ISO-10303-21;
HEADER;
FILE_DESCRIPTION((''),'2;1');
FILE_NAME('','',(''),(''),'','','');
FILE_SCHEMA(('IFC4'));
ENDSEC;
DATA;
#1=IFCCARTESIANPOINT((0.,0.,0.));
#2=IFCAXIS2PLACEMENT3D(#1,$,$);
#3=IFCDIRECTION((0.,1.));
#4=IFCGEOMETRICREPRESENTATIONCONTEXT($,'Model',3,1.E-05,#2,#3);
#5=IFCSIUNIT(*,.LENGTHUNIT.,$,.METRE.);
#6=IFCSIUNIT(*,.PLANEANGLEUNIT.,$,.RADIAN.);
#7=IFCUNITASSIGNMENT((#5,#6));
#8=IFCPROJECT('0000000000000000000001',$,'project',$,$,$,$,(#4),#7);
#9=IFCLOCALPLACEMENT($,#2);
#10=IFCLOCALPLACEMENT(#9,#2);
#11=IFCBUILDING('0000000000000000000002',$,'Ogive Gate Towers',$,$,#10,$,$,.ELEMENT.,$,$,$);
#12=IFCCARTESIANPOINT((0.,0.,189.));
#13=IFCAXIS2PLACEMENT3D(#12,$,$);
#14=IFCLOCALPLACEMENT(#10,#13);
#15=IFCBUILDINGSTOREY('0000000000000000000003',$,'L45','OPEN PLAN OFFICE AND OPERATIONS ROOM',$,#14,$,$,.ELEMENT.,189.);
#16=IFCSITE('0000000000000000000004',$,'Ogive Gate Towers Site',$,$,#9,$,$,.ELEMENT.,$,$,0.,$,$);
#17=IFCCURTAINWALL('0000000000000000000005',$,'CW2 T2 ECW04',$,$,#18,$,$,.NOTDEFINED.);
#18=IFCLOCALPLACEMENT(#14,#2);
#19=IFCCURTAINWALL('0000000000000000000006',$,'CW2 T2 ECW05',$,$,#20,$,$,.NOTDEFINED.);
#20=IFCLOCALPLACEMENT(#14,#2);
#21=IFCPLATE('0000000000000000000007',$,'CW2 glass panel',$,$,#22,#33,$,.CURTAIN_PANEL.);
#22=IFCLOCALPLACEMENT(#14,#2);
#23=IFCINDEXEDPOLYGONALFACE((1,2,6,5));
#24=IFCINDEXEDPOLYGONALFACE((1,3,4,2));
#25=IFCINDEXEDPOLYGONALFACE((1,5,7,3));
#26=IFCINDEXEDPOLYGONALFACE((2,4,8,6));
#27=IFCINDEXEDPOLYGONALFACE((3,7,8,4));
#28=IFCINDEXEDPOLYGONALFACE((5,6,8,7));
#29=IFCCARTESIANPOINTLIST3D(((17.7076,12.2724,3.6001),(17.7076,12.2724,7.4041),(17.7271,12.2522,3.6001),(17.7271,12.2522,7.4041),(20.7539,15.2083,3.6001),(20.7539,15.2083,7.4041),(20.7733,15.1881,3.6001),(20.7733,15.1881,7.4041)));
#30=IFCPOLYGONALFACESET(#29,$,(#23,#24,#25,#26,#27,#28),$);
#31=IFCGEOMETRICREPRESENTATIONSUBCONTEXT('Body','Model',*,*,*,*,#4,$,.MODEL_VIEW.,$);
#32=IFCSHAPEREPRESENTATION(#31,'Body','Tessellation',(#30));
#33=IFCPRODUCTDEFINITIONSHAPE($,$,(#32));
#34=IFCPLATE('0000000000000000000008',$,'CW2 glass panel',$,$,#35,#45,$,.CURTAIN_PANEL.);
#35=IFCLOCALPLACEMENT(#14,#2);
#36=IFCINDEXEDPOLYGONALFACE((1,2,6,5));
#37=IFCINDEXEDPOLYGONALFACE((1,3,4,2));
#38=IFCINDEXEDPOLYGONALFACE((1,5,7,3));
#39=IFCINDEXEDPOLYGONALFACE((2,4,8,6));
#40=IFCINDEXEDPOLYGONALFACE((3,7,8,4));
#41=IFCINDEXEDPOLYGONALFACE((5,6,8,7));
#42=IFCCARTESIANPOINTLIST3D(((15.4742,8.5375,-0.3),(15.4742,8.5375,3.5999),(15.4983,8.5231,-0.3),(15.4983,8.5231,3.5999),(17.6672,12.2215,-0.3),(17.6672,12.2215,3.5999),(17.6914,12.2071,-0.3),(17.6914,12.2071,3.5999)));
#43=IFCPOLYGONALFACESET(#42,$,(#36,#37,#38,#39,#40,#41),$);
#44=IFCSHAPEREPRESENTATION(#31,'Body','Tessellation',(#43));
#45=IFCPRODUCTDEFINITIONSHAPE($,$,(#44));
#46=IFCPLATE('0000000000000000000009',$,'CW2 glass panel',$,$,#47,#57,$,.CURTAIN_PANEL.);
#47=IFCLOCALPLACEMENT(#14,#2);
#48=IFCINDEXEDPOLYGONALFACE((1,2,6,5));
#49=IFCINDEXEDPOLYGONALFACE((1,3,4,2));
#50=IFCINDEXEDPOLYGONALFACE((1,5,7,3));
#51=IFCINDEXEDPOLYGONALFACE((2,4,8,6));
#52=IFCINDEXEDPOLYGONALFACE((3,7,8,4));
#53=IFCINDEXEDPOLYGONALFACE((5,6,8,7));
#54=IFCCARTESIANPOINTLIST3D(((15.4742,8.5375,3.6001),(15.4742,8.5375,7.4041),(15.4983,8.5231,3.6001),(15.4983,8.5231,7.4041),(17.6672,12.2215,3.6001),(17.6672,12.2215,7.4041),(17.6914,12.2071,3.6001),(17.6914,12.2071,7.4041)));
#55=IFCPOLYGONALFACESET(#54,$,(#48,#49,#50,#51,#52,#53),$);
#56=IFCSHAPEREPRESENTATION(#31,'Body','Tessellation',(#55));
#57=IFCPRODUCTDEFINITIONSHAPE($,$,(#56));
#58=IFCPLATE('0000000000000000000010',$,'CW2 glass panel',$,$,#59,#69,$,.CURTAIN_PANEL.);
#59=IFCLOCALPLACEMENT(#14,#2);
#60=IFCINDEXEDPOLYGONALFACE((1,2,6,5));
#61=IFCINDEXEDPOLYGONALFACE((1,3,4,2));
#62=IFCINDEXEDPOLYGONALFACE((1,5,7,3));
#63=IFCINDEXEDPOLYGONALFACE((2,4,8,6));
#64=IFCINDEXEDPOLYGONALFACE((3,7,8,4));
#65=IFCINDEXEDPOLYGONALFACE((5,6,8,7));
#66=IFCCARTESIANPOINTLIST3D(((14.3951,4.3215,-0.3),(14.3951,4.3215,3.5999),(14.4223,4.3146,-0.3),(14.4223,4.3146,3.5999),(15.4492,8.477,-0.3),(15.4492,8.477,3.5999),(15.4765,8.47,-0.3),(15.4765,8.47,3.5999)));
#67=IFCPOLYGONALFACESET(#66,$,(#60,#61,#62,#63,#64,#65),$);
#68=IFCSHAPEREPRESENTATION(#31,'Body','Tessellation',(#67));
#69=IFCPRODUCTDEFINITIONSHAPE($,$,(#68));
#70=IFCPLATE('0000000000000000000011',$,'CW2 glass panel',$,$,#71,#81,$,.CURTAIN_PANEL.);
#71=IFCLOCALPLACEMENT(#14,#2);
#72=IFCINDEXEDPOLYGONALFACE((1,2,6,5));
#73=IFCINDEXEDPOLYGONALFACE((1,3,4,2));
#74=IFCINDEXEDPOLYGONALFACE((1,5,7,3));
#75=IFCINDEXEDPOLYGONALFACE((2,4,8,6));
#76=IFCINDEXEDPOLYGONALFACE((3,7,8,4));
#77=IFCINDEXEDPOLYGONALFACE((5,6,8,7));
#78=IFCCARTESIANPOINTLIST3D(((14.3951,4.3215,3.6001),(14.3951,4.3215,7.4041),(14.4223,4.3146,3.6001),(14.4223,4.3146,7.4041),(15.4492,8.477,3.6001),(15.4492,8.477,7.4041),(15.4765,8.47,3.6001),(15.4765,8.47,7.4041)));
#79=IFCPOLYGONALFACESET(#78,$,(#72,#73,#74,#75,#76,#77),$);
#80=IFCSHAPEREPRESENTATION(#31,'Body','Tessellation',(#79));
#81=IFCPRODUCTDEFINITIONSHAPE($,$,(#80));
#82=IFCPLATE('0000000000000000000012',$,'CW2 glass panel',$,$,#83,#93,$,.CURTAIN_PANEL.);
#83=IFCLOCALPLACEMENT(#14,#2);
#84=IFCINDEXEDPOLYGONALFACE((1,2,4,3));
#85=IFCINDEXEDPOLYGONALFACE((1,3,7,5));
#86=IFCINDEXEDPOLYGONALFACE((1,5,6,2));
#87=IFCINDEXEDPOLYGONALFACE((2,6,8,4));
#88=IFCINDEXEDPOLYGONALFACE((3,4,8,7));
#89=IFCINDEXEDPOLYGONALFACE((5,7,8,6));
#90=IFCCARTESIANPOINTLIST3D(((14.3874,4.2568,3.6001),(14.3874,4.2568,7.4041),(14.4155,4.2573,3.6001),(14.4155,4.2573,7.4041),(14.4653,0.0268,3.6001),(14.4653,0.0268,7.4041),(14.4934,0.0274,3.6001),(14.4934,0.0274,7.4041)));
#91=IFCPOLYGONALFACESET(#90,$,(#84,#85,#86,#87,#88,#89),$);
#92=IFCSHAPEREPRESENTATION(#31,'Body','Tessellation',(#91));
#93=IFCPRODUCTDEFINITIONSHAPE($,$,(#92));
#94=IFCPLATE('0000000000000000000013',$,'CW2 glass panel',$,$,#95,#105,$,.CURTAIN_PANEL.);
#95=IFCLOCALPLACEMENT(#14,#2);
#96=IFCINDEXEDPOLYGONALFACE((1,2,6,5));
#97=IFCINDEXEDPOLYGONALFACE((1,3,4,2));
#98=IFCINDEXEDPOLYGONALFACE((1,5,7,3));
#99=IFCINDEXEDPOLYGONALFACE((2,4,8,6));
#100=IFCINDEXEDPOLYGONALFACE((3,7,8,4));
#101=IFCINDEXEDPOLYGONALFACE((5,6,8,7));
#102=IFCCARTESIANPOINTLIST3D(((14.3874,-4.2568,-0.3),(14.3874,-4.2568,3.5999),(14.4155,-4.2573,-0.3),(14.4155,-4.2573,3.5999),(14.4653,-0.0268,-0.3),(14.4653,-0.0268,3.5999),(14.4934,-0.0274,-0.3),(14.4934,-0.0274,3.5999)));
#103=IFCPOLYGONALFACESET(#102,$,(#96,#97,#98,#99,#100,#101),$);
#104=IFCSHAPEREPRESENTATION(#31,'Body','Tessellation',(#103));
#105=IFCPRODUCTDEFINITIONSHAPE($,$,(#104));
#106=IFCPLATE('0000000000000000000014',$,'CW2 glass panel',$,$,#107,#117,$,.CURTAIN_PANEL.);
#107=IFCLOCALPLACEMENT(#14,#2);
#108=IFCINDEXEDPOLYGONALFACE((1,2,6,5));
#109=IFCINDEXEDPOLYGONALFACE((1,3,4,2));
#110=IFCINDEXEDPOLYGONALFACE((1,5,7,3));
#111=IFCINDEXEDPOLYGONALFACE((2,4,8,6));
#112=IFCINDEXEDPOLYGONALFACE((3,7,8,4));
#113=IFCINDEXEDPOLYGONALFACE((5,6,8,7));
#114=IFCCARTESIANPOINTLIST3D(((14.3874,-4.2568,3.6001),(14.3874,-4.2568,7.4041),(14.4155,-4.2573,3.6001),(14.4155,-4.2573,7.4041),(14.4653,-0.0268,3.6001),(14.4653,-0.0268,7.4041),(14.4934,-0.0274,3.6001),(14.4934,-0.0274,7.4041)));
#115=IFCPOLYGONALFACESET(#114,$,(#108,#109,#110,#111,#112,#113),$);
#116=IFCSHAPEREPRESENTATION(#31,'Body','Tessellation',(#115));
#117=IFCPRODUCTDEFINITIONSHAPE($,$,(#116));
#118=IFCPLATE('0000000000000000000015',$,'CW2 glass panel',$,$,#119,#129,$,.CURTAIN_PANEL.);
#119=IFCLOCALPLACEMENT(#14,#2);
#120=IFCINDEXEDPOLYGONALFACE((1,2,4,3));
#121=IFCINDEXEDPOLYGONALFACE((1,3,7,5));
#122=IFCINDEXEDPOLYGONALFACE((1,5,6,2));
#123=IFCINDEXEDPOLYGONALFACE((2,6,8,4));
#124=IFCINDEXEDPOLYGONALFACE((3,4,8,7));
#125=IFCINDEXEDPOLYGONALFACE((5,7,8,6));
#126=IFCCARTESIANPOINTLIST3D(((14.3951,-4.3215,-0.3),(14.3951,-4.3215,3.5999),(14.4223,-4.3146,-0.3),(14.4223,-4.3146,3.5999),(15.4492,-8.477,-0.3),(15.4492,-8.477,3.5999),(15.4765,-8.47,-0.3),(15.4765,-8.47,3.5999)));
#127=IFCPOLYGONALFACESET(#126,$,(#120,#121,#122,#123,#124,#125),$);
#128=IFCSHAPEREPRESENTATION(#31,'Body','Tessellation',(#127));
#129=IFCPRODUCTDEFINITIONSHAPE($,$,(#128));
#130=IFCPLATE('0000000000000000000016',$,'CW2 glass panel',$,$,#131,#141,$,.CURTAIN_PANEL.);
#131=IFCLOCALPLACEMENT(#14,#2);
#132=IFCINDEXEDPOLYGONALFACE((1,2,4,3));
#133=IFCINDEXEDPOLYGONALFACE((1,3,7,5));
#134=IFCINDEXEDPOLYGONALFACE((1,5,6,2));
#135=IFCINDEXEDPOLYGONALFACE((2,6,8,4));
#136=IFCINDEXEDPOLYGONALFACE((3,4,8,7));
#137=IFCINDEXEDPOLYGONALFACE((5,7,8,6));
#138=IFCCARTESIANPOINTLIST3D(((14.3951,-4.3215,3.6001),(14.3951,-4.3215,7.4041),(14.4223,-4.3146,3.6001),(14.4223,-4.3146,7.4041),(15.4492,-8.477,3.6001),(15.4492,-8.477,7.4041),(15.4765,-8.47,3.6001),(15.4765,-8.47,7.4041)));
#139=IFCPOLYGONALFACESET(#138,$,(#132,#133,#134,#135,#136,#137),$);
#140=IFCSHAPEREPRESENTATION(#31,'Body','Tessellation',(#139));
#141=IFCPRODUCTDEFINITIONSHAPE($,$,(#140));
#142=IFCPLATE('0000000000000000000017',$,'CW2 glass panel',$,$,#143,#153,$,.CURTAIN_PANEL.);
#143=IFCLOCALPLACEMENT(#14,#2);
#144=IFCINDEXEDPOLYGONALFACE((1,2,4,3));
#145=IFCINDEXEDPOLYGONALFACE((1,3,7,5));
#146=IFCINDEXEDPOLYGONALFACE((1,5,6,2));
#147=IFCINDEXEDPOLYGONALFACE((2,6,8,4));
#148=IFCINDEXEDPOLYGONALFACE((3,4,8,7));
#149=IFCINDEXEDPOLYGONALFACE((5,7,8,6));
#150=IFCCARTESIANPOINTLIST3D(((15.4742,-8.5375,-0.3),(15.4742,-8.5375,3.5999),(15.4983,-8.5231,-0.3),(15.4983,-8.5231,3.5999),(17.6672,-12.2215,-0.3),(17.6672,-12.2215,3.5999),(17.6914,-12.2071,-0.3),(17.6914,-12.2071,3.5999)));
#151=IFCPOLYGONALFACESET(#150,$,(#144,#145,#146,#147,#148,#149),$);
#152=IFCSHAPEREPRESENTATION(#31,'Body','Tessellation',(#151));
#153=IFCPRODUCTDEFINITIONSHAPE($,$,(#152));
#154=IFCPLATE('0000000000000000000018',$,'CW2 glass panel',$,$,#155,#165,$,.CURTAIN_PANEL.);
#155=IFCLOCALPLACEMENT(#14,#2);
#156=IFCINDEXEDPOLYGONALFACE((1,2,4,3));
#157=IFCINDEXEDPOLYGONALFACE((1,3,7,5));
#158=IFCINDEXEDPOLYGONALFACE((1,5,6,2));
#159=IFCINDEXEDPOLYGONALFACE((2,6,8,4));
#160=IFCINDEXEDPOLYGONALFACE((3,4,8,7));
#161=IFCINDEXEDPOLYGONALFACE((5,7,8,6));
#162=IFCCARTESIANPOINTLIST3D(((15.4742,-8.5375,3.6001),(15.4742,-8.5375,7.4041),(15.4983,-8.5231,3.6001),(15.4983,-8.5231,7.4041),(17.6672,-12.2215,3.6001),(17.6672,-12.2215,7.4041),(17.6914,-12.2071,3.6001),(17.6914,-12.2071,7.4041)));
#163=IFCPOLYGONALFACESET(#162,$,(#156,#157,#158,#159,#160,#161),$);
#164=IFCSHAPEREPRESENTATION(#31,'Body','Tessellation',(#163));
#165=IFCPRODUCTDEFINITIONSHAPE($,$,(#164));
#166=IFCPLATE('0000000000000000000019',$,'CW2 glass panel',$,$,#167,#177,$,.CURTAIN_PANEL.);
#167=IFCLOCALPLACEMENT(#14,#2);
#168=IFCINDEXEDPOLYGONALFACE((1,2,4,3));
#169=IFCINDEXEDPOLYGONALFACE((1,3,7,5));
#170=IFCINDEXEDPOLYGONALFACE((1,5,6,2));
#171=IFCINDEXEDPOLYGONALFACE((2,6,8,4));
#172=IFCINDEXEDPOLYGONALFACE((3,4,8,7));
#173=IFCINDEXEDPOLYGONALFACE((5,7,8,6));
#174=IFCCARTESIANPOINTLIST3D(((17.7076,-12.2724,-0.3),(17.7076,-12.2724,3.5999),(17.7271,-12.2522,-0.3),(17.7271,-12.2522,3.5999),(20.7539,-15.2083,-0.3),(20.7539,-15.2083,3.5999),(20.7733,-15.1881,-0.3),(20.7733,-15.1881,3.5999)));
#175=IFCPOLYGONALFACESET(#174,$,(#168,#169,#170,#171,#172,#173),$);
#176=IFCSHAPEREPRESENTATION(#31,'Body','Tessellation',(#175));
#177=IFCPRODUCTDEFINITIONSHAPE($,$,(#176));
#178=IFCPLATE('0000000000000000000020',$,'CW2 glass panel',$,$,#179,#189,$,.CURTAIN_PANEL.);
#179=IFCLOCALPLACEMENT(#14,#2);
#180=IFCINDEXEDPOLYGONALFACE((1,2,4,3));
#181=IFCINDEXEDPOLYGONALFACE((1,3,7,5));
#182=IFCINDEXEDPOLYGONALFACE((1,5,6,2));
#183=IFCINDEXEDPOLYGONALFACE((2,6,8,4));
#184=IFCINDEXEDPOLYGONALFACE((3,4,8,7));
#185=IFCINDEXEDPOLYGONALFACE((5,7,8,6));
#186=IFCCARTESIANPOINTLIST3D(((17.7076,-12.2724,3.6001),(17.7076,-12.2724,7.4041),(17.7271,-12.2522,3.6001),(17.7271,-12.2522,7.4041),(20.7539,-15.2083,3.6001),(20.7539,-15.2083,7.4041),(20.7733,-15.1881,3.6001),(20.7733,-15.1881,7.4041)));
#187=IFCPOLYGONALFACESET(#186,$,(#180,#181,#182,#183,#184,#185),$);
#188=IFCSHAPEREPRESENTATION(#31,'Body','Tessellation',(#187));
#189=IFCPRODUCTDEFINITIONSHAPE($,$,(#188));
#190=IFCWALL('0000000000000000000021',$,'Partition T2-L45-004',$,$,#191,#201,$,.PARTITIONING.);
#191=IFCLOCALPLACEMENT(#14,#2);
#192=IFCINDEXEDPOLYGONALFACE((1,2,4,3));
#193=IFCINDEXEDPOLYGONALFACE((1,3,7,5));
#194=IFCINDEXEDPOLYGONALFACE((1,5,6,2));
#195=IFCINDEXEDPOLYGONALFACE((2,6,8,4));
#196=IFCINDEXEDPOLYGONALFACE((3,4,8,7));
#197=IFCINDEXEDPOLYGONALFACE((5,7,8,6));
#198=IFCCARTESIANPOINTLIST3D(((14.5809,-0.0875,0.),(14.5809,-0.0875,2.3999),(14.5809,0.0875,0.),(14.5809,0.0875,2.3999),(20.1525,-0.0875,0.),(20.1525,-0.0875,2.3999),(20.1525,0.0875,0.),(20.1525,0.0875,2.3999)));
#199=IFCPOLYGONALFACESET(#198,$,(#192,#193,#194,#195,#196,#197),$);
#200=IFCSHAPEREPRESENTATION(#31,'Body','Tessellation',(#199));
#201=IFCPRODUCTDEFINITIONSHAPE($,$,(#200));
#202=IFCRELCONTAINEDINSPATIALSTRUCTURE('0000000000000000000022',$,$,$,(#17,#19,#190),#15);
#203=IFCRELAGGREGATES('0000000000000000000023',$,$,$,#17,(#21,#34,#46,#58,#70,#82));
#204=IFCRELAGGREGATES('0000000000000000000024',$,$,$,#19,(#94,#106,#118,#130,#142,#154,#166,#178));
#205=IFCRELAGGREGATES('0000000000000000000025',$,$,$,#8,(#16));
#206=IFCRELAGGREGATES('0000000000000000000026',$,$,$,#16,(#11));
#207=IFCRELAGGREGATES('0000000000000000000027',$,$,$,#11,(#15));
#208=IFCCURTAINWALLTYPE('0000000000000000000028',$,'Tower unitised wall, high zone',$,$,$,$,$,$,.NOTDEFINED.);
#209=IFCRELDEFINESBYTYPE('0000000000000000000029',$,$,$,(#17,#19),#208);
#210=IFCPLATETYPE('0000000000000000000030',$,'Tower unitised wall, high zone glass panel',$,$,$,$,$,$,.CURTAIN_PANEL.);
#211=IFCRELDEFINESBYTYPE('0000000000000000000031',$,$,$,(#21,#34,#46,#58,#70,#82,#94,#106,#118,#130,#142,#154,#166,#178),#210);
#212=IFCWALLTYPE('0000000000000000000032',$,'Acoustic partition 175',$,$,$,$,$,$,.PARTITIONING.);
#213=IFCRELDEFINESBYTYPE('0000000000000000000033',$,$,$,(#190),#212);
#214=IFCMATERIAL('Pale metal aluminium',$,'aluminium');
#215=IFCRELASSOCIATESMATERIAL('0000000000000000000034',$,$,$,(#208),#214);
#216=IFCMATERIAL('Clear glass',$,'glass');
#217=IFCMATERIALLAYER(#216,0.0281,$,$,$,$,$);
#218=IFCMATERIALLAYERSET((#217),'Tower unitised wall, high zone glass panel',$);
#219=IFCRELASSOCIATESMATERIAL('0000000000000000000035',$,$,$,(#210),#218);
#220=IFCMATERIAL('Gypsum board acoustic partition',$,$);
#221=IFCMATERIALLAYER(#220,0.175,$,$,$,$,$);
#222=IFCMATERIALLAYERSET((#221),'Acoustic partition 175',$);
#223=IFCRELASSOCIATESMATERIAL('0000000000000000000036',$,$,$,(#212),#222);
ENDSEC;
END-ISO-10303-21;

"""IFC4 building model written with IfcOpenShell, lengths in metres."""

from ifc_helpers import new_model, si_unit, direction, frame, frame_2d, origin, origin_2d, place, context, subcontext, project, spatial, rectangle, extrude, material, layer, layer_set, type_object, element, aggregate, save


model = new_model("IFC4")

# Units and contexts
model_context = context("Model", 3, precision=1e-05, world=origin(), true_north=direction((0.0, 1.0)))
body_context = subcontext(model_context, "Body", "Model", "MODEL_VIEW")
ifc_project = project(units=[si_unit("LENGTHUNIT", "METRE"), si_unit("PLANEANGLEUNIT", "RADIAN")], contexts=[model_context])

# Site, building, storey
site_placement = place(None, origin())
site = spatial("IfcSite", under=ifc_project, at=site_placement, Name="Ogive Gate Towers Site", CompositionType="ELEMENT", RefElevation=0.0)
building_placement = place(site_placement, origin())
building = spatial("IfcBuilding", under=site, at=building_placement, Name="Ogive Gate Towers", CompositionType="ELEMENT")
storey_placement = place(building_placement, frame((0.0, 0.0, 189.0)))
storey = spatial("IfcBuildingStorey", under=building, at=storey_placement, Name="L45", Description="OPEN PLAN OFFICE AND OPERATIONS ROOM", CompositionType="ELEMENT", Elevation=189.0)

# Curtain walls
ifc_material_1 = material(Name="Pale metal aluminium", Category="aluminium")
curtain_wall_type = type_object("IfcCurtainWallType", Name="Tower unitised wall, high zone", PredefinedType="NOTDEFINED", material=ifc_material_1)
curtain_wall_1_placement = place(storey_placement, origin())
curtain_wall_1 = element("IfcCurtainWall", 1, at=curtain_wall_1_placement, inside=storey, type_object=curtain_wall_type, Name="CW2 T2 ECW04", PredefinedType="NOTDEFINED")
curtain_wall_2_placement = place(storey_placement, origin())
curtain_wall_2 = element("IfcCurtainWall", 2, at=curtain_wall_2_placement, inside=storey, type_object=curtain_wall_type, Name="CW2 T2 ECW05", PredefinedType="NOTDEFINED")

# Plates
ifc_material_2 = material(Name="Clear glass", Category="glass")
ifc_layer_1 = layer(ifc_material_2, 0.0281)
ifc_layer_set_1 = layer_set([ifc_layer_1], Name="Tower unitised wall, high zone glass panel")
plate_type = type_object("IfcPlateType", Name="Tower unitised wall, high zone glass panel", PredefinedType="CURTAIN_PANEL", material=ifc_layer_set_1)
plate_1_placement = place(storey_placement, frame((19.2405, 13.7302, 3.6001), z_axis=(0.0, 0.0, 1.0), x_axis=(-0.720031, -0.693942, 0.0)))
plate_1 = element("IfcPlate", 3, at=plate_1_placement, type_object=plate_type, Name="CW2 glass panel", PredefinedType="CURTAIN_PANEL", context=body_context, shape_type="SweptSolid", body=[
    extrude(rectangle(XDim=4.2307, YDim=0.0281, at=origin_2d()), origin(), (0.0, 0.0, 1.0), 3.804),
])
plate_2_placement = place(storey_placement, frame((16.5828, 10.3723, -0.3), z_axis=(0.0, 0.0, 1.0), x_axis=(-0.511518, -0.859273, 0.0)))
plate_2 = element("IfcPlate", 4, at=plate_2_placement, type_object=plate_type, Name="CW2 glass panel", PredefinedType="CURTAIN_PANEL", context=body_context, shape_type="SweptSolid", body=[
    extrude(rectangle(XDim=4.2874, YDim=0.0281, at=origin_2d()), origin(), (0.0, 0.0, 1.0), 3.8999),
])
plate_3_placement = place(storey_placement, frame((16.5828, 10.3723, 3.6001), z_axis=(0.0, 0.0, 1.0), x_axis=(-0.511518, -0.859273, 0.0)))
plate_3 = element("IfcPlate", 5, at=plate_3_placement, type_object=plate_type, Name="CW2 glass panel", PredefinedType="CURTAIN_PANEL", context=body_context, shape_type="SweptSolid", body=[
    extrude(rectangle(XDim=4.2874, YDim=0.0281, at=origin_2d()), origin(), (0.0, 0.0, 1.0), 3.804),
])
plate_4_placement = place(storey_placement, frame((14.9358, 6.3958, -0.3), z_axis=(0.0, 0.0, 1.0), x_axis=(-0.245883, -0.9693, 0.0)))
plate_4 = element("IfcPlate", 6, at=plate_4_placement, type_object=plate_type, Name="CW2 glass panel", PredefinedType="CURTAIN_PANEL", context=body_context, shape_type="SweptSolid", body=[
    extrude(rectangle(XDim=4.2871, YDim=0.0281, at=origin_2d()), origin(), (0.0, 0.0, 1.0), 3.8999),
])
plate_5_placement = place(storey_placement, frame((14.9358, 6.3958, 3.6001), z_axis=(0.0, 0.0, 1.0), x_axis=(-0.245883, -0.9693, 0.0)))
plate_5 = element("IfcPlate", 7, at=plate_5_placement, type_object=plate_type, Name="CW2 glass panel", PredefinedType="CURTAIN_PANEL", context=body_context, shape_type="SweptSolid", body=[
    extrude(rectangle(XDim=4.2871, YDim=0.0281, at=origin_2d()), origin(), (0.0, 0.0, 1.0), 3.804),
])
plate_6_placement = place(storey_placement, frame((14.4404, 2.1421, 3.6001), z_axis=(0.0, 0.0, 1.0), x_axis=(0.018412, -0.99983, 0.0)))
plate_6 = element("IfcPlate", 8, at=plate_6_placement, type_object=plate_type, Name="CW2 glass panel", PredefinedType="CURTAIN_PANEL", context=body_context, shape_type="SweptSolid", body=[
    extrude(rectangle(XDim=4.2307, YDim=0.0281, at=origin_2d()), origin(), (0.0, 0.0, 1.0), 3.804),
])
aggregate(curtain_wall_1, [plate_1, plate_2, plate_3, plate_4, plate_5, plate_6])
plate_7_placement = place(storey_placement, frame((14.4404, -2.1421, -0.3), z_axis=(0.0, 0.0, 1.0), x_axis=(-0.018412, -0.99983, 0.0)))
plate_7 = element("IfcPlate", 9, at=plate_7_placement, type_object=plate_type, Name="CW2 glass panel", PredefinedType="CURTAIN_PANEL", context=body_context, shape_type="SweptSolid", body=[
    extrude(rectangle(XDim=4.2307, YDim=0.0281, at=origin_2d()), origin(), (0.0, 0.0, 1.0), 3.8999),
])
plate_8_placement = place(storey_placement, frame((14.4404, -2.1421, 3.6001), z_axis=(0.0, 0.0, 1.0), x_axis=(-0.018412, -0.99983, 0.0)))
plate_8 = element("IfcPlate", 10, at=plate_8_placement, type_object=plate_type, Name="CW2 glass panel", PredefinedType="CURTAIN_PANEL", context=body_context, shape_type="SweptSolid", body=[
    extrude(rectangle(XDim=4.2307, YDim=0.0281, at=origin_2d()), origin(), (0.0, 0.0, 1.0), 3.804),
])
plate_9_placement = place(storey_placement, frame((14.9358, -6.3958, -0.3), z_axis=(0.0, 0.0, 1.0), x_axis=(0.245883, -0.9693, 0.0)))
plate_9 = element("IfcPlate", 11, at=plate_9_placement, type_object=plate_type, Name="CW2 glass panel", PredefinedType="CURTAIN_PANEL", context=body_context, shape_type="SweptSolid", body=[
    extrude(rectangle(XDim=4.2871, YDim=0.0281, at=origin_2d()), origin(), (0.0, 0.0, 1.0), 3.8999),
])
plate_10_placement = place(storey_placement, frame((14.9358, -6.3958, 3.6001), z_axis=(0.0, 0.0, 1.0), x_axis=(0.245883, -0.9693, 0.0)))
plate_10 = element("IfcPlate", 12, at=plate_10_placement, type_object=plate_type, Name="CW2 glass panel", PredefinedType="CURTAIN_PANEL", context=body_context, shape_type="SweptSolid", body=[
    extrude(rectangle(XDim=4.2871, YDim=0.0281, at=origin_2d()), origin(), (0.0, 0.0, 1.0), 3.804),
])
plate_11_placement = place(storey_placement, frame((16.5828, -10.3723, -0.3), z_axis=(0.0, 0.0, 1.0), x_axis=(0.511518, -0.859273, 0.0)))
plate_11 = element("IfcPlate", 13, at=plate_11_placement, type_object=plate_type, Name="CW2 glass panel", PredefinedType="CURTAIN_PANEL", context=body_context, shape_type="SweptSolid", body=[
    extrude(rectangle(XDim=4.2874, YDim=0.0281, at=origin_2d()), origin(), (0.0, 0.0, 1.0), 3.8999),
])
plate_12_placement = place(storey_placement, frame((16.5828, -10.3723, 3.6001), z_axis=(0.0, 0.0, 1.0), x_axis=(0.511518, -0.859273, 0.0)))
plate_12 = element("IfcPlate", 14, at=plate_12_placement, type_object=plate_type, Name="CW2 glass panel", PredefinedType="CURTAIN_PANEL", context=body_context, shape_type="SweptSolid", body=[
    extrude(rectangle(XDim=4.2874, YDim=0.0281, at=origin_2d()), origin(), (0.0, 0.0, 1.0), 3.804),
])
plate_13_placement = place(storey_placement, frame((19.2405, -13.7302, -0.3), z_axis=(0.0, 0.0, 1.0), x_axis=(0.720031, -0.693942, 0.0)))
plate_13 = element("IfcPlate", 15, at=plate_13_placement, type_object=plate_type, Name="CW2 glass panel", PredefinedType="CURTAIN_PANEL", context=body_context, shape_type="SweptSolid", body=[
    extrude(rectangle(XDim=4.2307, YDim=0.0281, at=origin_2d()), origin(), (0.0, 0.0, 1.0), 3.8999),
])
plate_14_placement = place(storey_placement, frame((19.2405, -13.7302, 3.6001), z_axis=(0.0, 0.0, 1.0), x_axis=(0.720031, -0.693942, 0.0)))
plate_14 = element("IfcPlate", 16, at=plate_14_placement, type_object=plate_type, Name="CW2 glass panel", PredefinedType="CURTAIN_PANEL", context=body_context, shape_type="SweptSolid", body=[
    extrude(rectangle(XDim=4.2307, YDim=0.0281, at=origin_2d()), origin(), (0.0, 0.0, 1.0), 3.804),
])
aggregate(curtain_wall_2, [plate_7, plate_8, plate_9, plate_10, plate_11, plate_12, plate_13, plate_14])

# Wall
ifc_material_3 = material(Name="Gypsum board acoustic partition")
ifc_layer_2 = layer(ifc_material_3, 0.175)
ifc_layer_set_2 = layer_set([ifc_layer_2], Name="Acoustic partition 175")
wall_type_1 = type_object("IfcWallType", Name="Acoustic partition 175", PredefinedType="PARTITIONING", material=ifc_layer_set_2)
wall_1_placement = place(storey_placement, frame((14.5811, 0.0, 0.0), z_axis=(0.0, 0.0, 1.0), x_axis=(1.0, 0.0, 0.0)))
element("IfcWall", 17, at=wall_1_placement, inside=storey, type_object=wall_type_1, Name="Partition T2-L45-004", PredefinedType="PARTITIONING", context=body_context, shape_type="SweptSolid", body=[
    extrude(rectangle(XDim=5.5715, YDim=0.175, at=frame_2d((2.7856, 0.0))), origin(), (0.0, 0.0, 1.0), 2.3999),
])

save(model, "model.ifc")
